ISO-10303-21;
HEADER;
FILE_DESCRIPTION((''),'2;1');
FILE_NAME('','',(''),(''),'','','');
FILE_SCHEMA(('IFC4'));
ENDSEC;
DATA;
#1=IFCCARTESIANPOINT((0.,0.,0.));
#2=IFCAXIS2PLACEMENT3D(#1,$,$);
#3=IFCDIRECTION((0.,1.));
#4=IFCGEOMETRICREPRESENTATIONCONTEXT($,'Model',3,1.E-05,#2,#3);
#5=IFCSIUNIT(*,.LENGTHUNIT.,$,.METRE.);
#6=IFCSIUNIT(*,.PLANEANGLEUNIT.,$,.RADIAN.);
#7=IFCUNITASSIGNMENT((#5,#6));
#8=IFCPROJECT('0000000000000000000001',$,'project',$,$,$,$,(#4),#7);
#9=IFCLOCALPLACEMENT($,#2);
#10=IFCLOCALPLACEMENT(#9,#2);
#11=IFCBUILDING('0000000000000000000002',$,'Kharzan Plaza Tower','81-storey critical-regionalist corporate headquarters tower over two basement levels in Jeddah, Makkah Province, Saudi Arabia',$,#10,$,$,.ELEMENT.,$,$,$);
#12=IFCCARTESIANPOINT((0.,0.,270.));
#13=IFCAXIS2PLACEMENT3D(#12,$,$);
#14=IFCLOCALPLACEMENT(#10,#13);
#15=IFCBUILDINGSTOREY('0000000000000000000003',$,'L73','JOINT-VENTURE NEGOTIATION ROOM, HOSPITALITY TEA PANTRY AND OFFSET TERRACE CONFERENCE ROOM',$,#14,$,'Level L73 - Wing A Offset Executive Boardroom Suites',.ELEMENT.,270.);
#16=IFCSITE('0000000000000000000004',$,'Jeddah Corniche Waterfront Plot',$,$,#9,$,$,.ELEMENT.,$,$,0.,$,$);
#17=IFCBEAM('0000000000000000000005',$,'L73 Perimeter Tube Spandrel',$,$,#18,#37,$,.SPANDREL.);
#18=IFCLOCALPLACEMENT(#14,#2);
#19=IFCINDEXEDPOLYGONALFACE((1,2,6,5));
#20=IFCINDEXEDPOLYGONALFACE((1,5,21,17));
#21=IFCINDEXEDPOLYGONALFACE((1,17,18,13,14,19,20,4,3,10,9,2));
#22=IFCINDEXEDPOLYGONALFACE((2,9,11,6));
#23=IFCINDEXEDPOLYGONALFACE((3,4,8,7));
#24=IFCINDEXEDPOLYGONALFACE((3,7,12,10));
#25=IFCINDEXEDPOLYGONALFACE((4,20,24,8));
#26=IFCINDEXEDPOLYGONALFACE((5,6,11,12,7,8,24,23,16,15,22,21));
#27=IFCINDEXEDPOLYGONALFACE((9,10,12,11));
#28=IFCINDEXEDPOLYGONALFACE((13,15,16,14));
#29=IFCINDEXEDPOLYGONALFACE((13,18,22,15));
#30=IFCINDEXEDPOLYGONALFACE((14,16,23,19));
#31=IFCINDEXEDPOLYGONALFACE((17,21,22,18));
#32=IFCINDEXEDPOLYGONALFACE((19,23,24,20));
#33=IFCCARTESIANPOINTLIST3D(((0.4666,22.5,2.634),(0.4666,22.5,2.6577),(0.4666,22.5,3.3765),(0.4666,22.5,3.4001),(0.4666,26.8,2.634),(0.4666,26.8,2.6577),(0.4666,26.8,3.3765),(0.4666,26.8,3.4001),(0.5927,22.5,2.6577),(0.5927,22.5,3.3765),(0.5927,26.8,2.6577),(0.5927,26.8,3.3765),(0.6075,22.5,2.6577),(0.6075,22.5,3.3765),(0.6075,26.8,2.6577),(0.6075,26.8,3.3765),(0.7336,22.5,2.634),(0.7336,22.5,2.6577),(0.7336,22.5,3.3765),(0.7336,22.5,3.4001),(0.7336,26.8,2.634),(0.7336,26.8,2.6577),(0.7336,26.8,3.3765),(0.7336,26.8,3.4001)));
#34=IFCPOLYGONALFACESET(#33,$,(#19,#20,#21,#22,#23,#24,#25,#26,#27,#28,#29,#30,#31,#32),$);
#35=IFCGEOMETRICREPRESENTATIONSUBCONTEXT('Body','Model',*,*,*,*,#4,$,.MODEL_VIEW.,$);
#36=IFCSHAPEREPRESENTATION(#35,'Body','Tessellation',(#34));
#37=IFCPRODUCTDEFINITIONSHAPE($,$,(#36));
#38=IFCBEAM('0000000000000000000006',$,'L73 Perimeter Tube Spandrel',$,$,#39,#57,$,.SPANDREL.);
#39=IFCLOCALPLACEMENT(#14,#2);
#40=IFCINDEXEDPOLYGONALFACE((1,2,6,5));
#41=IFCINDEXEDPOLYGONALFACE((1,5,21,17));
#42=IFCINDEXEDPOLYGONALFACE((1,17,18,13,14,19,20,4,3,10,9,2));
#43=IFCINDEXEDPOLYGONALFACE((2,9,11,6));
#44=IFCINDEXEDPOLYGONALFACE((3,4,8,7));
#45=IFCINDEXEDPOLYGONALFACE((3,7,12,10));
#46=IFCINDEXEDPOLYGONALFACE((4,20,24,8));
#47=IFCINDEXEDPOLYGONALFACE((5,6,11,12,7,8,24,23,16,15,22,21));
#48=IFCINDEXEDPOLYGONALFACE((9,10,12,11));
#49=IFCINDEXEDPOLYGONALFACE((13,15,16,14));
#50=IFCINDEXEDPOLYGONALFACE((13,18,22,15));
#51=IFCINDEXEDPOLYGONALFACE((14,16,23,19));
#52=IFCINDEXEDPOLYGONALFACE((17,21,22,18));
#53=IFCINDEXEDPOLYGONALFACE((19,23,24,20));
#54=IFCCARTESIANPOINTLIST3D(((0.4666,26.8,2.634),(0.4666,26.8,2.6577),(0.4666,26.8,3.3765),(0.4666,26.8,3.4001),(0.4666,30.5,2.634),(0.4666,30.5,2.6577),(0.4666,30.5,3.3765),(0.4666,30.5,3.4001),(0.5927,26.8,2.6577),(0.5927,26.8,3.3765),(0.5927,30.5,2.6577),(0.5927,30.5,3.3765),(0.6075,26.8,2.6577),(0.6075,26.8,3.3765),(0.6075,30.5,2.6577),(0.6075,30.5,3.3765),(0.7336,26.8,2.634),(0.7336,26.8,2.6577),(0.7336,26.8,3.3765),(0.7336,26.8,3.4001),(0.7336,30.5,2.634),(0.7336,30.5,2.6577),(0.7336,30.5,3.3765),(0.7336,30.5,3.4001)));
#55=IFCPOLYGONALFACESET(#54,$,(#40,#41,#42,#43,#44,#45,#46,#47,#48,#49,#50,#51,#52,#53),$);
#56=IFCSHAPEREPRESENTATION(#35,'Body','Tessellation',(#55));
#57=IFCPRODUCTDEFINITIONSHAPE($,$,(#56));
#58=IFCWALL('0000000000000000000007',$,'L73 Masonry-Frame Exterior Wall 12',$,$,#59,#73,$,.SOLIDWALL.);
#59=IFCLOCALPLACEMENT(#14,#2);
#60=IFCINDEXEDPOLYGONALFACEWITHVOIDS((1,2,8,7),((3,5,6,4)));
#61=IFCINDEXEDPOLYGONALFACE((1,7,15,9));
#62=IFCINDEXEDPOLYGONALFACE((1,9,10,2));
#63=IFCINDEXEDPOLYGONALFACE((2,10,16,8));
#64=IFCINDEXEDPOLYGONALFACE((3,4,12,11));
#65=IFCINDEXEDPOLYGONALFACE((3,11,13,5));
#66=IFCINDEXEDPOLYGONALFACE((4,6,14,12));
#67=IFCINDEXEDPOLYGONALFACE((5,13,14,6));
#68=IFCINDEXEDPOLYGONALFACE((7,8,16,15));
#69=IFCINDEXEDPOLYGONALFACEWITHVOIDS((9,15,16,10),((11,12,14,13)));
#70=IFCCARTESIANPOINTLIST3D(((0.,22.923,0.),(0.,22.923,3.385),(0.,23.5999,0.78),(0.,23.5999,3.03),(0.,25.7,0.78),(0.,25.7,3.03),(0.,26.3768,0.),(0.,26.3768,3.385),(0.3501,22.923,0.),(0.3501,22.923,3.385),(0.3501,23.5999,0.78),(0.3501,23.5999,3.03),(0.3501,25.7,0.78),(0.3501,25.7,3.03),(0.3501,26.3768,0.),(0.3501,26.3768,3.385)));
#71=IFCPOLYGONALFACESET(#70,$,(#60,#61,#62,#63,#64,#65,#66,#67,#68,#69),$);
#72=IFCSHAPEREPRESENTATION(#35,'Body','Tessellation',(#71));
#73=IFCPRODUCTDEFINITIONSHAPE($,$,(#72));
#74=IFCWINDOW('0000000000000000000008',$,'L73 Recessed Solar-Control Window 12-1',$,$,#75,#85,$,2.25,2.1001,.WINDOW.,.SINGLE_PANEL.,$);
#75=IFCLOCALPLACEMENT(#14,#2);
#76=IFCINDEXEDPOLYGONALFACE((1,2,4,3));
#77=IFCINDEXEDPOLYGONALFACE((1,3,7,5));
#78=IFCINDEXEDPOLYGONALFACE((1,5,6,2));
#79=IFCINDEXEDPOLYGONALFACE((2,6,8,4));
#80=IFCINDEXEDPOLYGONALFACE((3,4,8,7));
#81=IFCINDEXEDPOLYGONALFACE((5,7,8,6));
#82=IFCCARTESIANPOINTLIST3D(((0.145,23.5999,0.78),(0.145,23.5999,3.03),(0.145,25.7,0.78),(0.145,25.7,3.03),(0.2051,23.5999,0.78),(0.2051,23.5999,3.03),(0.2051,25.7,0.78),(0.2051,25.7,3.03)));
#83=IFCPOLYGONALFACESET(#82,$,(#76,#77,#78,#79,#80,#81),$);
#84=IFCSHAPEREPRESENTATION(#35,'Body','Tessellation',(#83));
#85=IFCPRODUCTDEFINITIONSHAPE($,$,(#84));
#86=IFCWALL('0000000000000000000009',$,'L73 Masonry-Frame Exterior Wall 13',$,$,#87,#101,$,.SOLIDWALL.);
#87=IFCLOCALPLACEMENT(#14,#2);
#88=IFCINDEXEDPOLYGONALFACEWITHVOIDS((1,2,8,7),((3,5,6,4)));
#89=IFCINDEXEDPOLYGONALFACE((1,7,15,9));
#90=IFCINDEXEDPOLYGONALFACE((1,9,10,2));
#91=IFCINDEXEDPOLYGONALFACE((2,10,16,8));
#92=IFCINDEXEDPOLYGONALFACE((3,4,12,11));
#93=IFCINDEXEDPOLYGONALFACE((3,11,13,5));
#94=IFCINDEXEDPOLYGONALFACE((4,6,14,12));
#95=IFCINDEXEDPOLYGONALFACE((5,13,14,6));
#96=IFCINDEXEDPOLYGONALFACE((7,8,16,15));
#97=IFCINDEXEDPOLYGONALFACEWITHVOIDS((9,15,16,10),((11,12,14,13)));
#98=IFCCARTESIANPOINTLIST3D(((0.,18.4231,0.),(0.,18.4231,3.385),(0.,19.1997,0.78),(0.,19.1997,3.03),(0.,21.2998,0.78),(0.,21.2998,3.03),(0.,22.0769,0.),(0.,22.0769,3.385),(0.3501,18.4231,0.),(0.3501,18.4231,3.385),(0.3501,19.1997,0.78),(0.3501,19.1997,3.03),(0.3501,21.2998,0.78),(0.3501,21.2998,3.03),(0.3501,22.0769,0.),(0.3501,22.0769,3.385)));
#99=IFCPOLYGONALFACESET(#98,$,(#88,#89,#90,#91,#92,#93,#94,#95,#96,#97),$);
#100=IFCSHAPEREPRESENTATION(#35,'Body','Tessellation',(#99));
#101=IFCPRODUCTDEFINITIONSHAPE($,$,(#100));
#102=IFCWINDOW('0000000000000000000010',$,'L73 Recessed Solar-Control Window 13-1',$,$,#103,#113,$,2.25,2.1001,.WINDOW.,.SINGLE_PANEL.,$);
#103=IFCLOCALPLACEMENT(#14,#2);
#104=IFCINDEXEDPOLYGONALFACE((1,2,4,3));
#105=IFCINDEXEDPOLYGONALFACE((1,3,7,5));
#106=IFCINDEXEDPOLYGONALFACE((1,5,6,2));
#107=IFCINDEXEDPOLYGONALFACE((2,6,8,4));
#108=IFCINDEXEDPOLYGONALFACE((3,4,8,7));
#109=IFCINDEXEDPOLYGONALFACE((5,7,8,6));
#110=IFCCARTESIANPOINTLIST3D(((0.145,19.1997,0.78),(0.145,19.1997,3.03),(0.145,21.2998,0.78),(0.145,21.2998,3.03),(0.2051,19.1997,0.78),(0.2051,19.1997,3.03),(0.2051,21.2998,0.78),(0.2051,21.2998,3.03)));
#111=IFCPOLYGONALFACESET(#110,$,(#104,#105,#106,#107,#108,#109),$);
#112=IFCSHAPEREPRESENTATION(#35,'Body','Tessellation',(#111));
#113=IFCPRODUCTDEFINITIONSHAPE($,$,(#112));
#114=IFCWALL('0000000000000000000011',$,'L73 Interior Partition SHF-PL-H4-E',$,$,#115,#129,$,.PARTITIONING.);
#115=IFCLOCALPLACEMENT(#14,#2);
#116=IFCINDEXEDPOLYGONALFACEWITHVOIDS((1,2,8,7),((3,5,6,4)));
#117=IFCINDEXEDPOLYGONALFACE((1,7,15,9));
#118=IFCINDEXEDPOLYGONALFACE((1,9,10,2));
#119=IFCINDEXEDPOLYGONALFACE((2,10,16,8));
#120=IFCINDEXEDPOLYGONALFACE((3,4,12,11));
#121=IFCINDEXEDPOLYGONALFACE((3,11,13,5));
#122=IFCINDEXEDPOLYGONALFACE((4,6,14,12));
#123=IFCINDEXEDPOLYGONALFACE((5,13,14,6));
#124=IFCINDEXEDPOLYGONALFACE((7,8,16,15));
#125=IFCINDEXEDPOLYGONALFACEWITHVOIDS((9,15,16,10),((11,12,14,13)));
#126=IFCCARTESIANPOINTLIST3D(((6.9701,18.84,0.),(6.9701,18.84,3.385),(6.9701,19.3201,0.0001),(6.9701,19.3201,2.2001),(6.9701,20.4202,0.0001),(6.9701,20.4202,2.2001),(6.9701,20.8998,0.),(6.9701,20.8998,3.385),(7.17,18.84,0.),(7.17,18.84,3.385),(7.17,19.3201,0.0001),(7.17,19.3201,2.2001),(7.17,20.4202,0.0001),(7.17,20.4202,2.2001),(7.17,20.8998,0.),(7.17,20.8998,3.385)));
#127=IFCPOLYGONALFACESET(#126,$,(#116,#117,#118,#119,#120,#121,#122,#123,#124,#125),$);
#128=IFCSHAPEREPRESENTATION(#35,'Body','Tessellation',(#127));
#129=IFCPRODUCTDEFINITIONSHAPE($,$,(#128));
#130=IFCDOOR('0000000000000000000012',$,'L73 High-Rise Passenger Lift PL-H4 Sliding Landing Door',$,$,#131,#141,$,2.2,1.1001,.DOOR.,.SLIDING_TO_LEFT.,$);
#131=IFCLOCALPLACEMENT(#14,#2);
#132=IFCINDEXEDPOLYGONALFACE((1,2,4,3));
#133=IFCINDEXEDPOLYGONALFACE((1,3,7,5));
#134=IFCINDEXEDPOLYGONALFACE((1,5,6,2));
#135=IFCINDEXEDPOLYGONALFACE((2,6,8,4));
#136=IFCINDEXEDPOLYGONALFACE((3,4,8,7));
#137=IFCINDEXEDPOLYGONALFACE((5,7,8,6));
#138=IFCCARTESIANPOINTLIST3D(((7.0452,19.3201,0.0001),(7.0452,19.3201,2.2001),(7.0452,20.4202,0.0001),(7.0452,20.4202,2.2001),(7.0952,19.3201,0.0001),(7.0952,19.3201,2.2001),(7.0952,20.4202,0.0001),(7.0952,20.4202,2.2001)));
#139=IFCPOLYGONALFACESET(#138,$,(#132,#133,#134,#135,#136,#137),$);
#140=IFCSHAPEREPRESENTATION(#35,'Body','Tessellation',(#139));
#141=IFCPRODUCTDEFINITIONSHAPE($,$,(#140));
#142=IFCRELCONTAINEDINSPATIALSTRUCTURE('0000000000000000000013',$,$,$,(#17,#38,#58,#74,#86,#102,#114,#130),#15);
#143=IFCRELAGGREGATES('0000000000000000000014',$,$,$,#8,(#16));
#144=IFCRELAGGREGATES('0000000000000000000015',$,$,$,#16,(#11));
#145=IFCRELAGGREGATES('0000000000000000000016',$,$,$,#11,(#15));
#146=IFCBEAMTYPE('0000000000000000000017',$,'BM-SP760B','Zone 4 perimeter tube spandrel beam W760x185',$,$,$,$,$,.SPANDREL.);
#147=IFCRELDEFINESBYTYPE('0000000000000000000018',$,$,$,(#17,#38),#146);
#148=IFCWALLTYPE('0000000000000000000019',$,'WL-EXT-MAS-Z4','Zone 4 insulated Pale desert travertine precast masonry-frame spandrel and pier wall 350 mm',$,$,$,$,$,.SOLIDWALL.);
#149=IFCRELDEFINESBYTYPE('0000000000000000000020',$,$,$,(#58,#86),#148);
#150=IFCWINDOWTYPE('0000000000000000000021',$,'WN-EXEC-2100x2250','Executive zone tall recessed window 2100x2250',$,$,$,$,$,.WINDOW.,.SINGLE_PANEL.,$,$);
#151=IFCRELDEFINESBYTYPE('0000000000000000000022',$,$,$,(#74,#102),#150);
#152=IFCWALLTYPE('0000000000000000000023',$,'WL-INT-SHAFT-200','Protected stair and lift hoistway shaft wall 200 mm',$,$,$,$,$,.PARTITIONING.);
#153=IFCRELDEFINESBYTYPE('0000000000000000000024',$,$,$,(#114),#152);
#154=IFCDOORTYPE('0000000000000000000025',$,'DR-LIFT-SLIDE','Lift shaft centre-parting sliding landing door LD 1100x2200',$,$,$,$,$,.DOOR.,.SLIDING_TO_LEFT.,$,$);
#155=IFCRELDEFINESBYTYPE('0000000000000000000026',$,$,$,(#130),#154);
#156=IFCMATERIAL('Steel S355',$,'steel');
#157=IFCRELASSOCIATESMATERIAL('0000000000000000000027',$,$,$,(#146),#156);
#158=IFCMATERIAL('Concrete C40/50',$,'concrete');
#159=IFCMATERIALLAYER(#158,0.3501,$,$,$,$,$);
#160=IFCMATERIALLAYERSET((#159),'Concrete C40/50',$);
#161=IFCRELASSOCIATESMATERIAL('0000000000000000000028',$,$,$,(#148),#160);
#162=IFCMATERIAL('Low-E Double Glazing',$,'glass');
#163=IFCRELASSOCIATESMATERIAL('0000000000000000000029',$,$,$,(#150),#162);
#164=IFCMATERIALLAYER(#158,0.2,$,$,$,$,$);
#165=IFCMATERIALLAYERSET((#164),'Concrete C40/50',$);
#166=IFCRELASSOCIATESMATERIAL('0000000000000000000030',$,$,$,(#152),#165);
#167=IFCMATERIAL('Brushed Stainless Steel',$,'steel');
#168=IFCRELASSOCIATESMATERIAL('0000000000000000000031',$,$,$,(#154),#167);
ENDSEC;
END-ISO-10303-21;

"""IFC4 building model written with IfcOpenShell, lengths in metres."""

from ifc_helpers import new_model, si_unit, direction, frame, frame_2d, origin, origin_2d, place, context, subcontext, project, spatial, rectangle, i_section, extrude, source, transform, mapped, material, layer, layer_set, material_profile, profile_set, type_object, element, fill, save


model = new_model("IFC4")

# Units and contexts
model_context = context("Model", 3, precision=1e-05, world=origin(), true_north=direction((0.0, 1.0)))
body_context = subcontext(model_context, "Body", "Model", "MODEL_VIEW")
ifc_project = project(units=[si_unit("LENGTHUNIT", "METRE"), si_unit("PLANEANGLEUNIT", "RADIAN")], contexts=[model_context])

# Site, building, storey
site_placement = place(None, origin())
site = spatial("IfcSite", under=ifc_project, at=site_placement, Name="Jeddah Corniche Waterfront Plot", CompositionType="ELEMENT", RefElevation=0.0)
building_placement = place(site_placement, origin())
building = spatial("IfcBuilding", under=site, at=building_placement, Name="Kharzan Plaza Tower", Description="81-storey critical-regionalist corporate headquarters tower over two basement levels in Jeddah, Makkah Province, Saudi Arabia", CompositionType="ELEMENT")
storey_placement = place(building_placement, frame((0.0, 0.0, 270.0)))
storey = spatial("IfcBuildingStorey", under=building, at=storey_placement, Name="L73", Description="JOINT-VENTURE NEGOTIATION ROOM, HOSPITALITY TEA PANTRY AND OFFSET TERRACE CONFERENCE ROOM", LongName="Level L73 - Wing A Offset Executive Boardroom Suites", CompositionType="ELEMENT", Elevation=270.0)

# Beams
ifc_material_1 = material(Name="Steel S355", Category="steel")
ifc_material_profile_1 = material_profile(ifc_material_1, i_section(OverallWidth=0.2671, OverallDepth=0.7661, WebThickness=0.0149, FlangeThickness=0.0237, at=origin_2d()), Name="W760x185")
ifc_profile_set_1 = profile_set([ifc_material_profile_1], Name="Steel S355")
beam_type_1 = type_object("IfcBeamType", Name="BM-SP760B", Description="Zone 4 perimeter tube spandrel beam W760x185", PredefinedType="SPANDREL", material=ifc_profile_set_1)
shared_shape_1 = source(origin(), body_context, "Body", "SweptSolid", [
    extrude(i_section(OverallWidth=0.2671, OverallDepth=0.7661, WebThickness=0.0149, FlangeThickness=0.0237, at=origin_2d()), origin(), (0.0, 0.0, 1.0), 4.3),
])
beam_1_placement = place(storey_placement, frame((0.6001, 22.5, 3.0171), z_axis=(0.0, 1.0, 0.0), x_axis=(-1.0, 0.0, 0.0)))
element("IfcBeam", 1, at=beam_1_placement, inside=storey, type_object=beam_type_1, Name="L73 Perimeter Tube Spandrel", PredefinedType="SPANDREL", context=body_context, shape_type="MappedRepresentation", body=[
    mapped(shared_shape_1, transform((0.0, 0.0, 0.0), x_axis=(1.0, 0.0, 0.0), y_axis=(0.0, 1.0, 0.0), z_axis=(0.0, 0.0, 1.0))),
])
shared_shape_2 = source(origin(), body_context, "Body", "SweptSolid", [
    extrude(i_section(OverallWidth=0.2671, OverallDepth=0.7661, WebThickness=0.0149, FlangeThickness=0.0237, at=origin_2d()), origin(), (0.0, 0.0, 1.0), 3.7),
])
beam_2_placement = place(storey_placement, frame((0.6001, 26.8, 3.0171), z_axis=(0.0, 1.0, 0.0), x_axis=(-1.0, 0.0, 0.0)))
element("IfcBeam", 2, at=beam_2_placement, inside=storey, type_object=beam_type_1, Name="L73 Perimeter Tube Spandrel", PredefinedType="SPANDREL", context=body_context, shape_type="MappedRepresentation", body=[
    mapped(shared_shape_2, transform((0.0, 0.0, 0.0), x_axis=(1.0, 0.0, 0.0), y_axis=(0.0, 1.0, 0.0), z_axis=(0.0, 0.0, 1.0))),
])

# Walls, openings, windows
ifc_material_2 = material(Name="Concrete C40/50", Category="concrete")
ifc_layer_1 = layer(ifc_material_2, 0.3501)
ifc_layer_set_1 = layer_set([ifc_layer_1], Name="Concrete C40/50")
wall_type_1 = type_object("IfcWallType", Name="WL-EXT-MAS-Z4", Description="Zone 4 insulated Pale desert travertine precast masonry-frame spandrel and pier wall 350 mm", PredefinedType="SOLIDWALL", material=ifc_layer_set_1)
wall_1_placement = place(storey_placement, frame((0.175, 26.377, 0.0), z_axis=(0.0, 0.0, 1.0), x_axis=(0.0, -1.0, 0.0)))
wall_1 = element("IfcWall", 3, at=wall_1_placement, inside=storey, type_object=wall_type_1, Name="L73 Masonry-Frame Exterior Wall 12", PredefinedType="SOLIDWALL", context=body_context, shape_type="SweptSolid", body=[
    extrude(rectangle(XDim=3.4539, YDim=0.3501, at=frame_2d((1.7271, 0.0))), origin(), (0.0, 0.0, 1.0), 3.385),
])
opening_1_placement = place(wall_1_placement, frame((0.677, 0.0, 0.78)))
opening_1 = element("IfcOpeningElement", 4, at=opening_1_placement, cuts=wall_1, PredefinedType="OPENING", context=body_context, shape_type="SweptSolid", body=[
    extrude(rectangle(XDim=2.1001, YDim=2.25, at=frame_2d((1.05, 1.125))), frame((0.0, 0.1851, 0.0), z_axis=(0.0, -1.0, 0.0), x_axis=(1.0, 0.0, 0.0)), (0.0, 0.0, 1.0), 0.3701),
])
ifc_material_3 = material(Name="Low-E Double Glazing", Category="glass")
window_type = type_object("IfcWindowType", Name="WN-EXEC-2100x2250", Description="Executive zone tall recessed window 2100x2250", PartitioningType="SINGLE_PANEL", PredefinedType="WINDOW", material=ifc_material_3)
shared_shape_3 = source(origin(), body_context, "Body", "SweptSolid", [
    extrude(rectangle(XDim=2.1001, YDim=2.25, at=frame_2d((1.05, 1.125))), frame((0.0, 0.03, 0.0), z_axis=(0.0, -1.0, 0.0), x_axis=(1.0, 0.0, 0.0)), (0.0, 0.0, 1.0), 0.0601),
])
window_1_placement = place(opening_1_placement, origin())
window_1 = element("IfcWindow", 5, at=window_1_placement, inside=storey, type_object=window_type, Name="L73 Recessed Solar-Control Window 12-1", OverallHeight=2.25, OverallWidth=2.1001, PartitioningType="SINGLE_PANEL", PredefinedType="WINDOW", context=body_context, shape_type="MappedRepresentation", body=[
    mapped(shared_shape_3, transform((0.0, 0.0, 0.0), x_axis=(1.0, 0.0, 0.0), y_axis=(0.0, 1.0, 0.0), z_axis=(0.0, 0.0, 1.0))),
])
fill(opening_1, window_1)
wall_2_placement = place(storey_placement, frame((0.175, 22.0769, 0.0), z_axis=(0.0, 0.0, 1.0), x_axis=(0.0, -1.0, 0.0)))
wall_2 = element("IfcWall", 6, at=wall_2_placement, inside=storey, type_object=wall_type_1, Name="L73 Masonry-Frame Exterior Wall 13", PredefinedType="SOLIDWALL", context=body_context, shape_type="SweptSolid", body=[
    extrude(rectangle(XDim=3.6538, YDim=0.3501, at=frame_2d((1.8269, 0.0))), origin(), (0.0, 0.0, 1.0), 3.385),
])
opening_2_placement = place(wall_2_placement, frame((0.7771, 0.0, 0.78)))
opening_2 = element("IfcOpeningElement", 7, at=opening_2_placement, cuts=wall_2, PredefinedType="OPENING", context=body_context, shape_type="SweptSolid", body=[
    extrude(rectangle(XDim=2.1001, YDim=2.25, at=frame_2d((1.05, 1.125))), frame((0.0, 0.1851, 0.0), z_axis=(0.0, -1.0, 0.0), x_axis=(1.0, 0.0, 0.0)), (0.0, 0.0, 1.0), 0.3701),
])
window_2_placement = place(opening_2_placement, origin())
window_2 = element("IfcWindow", 8, at=window_2_placement, inside=storey, type_object=window_type, Name="L73 Recessed Solar-Control Window 13-1", OverallHeight=2.25, OverallWidth=2.1001, PartitioningType="SINGLE_PANEL", PredefinedType="WINDOW", context=body_context, shape_type="MappedRepresentation", body=[
    mapped(shared_shape_3, transform((0.0, 0.0, 0.0), x_axis=(1.0, 0.0, 0.0), y_axis=(0.0, 1.0, 0.0), z_axis=(0.0, 0.0, 1.0))),
])
fill(opening_2, window_2)

# Wall, opening, door
ifc_layer_2 = layer(ifc_material_2, 0.2)
ifc_layer_set_2 = layer_set([ifc_layer_2], Name="Concrete C40/50")
wall_type_2 = type_object("IfcWallType", Name="WL-INT-SHAFT-200", Description="Protected stair and lift hoistway shaft wall 200 mm", PredefinedType="PARTITIONING", material=ifc_layer_set_2)
wall_3_placement = place(storey_placement, frame((7.0701, 18.8401, 0.0), z_axis=(0.0, 0.0, 1.0), x_axis=(0.0, 1.0, 0.0)))
wall_3 = element("IfcWall", 9, at=wall_3_placement, inside=storey, type_object=wall_type_2, Name="L73 Interior Partition SHF-PL-H4-E", PredefinedType="PARTITIONING", context=body_context, shape_type="SweptSolid", body=[
    extrude(rectangle(XDim=2.0598, YDim=0.2, at=frame_2d((1.0298, 0.0))), origin(), (0.0, 0.0, 1.0), 3.385),
])
opening_3_placement = place(wall_3_placement, frame((0.48, 0.0, 0.0)))
opening_3 = element("IfcOpeningElement", 10, at=opening_3_placement, cuts=wall_3, PredefinedType="OPENING", context=body_context, shape_type="SweptSolid", body=[
    extrude(rectangle(XDim=1.1001, YDim=2.2, at=frame_2d((0.55, 1.1001))), frame((0.0, 0.1099, 0.0), z_axis=(0.0, -1.0, 0.0), x_axis=(1.0, 0.0, 0.0)), (0.0, 0.0, 1.0), 0.22),
])
ifc_material_4 = material(Name="Brushed Stainless Steel", Category="steel")
door_type_1 = type_object("IfcDoorType", Name="DR-LIFT-SLIDE", Description="Lift shaft centre-parting sliding landing door LD 1100x2200", OperationType="SLIDING_TO_LEFT", PredefinedType="DOOR", material=ifc_material_4)
shared_shape_4 = source(origin(), body_context, "Body", "SweptSolid", [
    extrude(rectangle(XDim=1.1001, YDim=2.2, at=frame_2d((0.55, 1.1001))), frame((0.0, 0.0249, 0.0), z_axis=(0.0, -1.0, 0.0), x_axis=(1.0, 0.0, 0.0)), (0.0, 0.0, 1.0), 0.05),
])
door_1_placement = place(opening_3_placement, origin())
door_1 = element("IfcDoor", 11, at=door_1_placement, inside=storey, type_object=door_type_1, Name="L73 High-Rise Passenger Lift PL-H4 Sliding Landing Door", OperationType="SLIDING_TO_LEFT", OverallHeight=2.2, OverallWidth=1.1001, PredefinedType="DOOR", context=body_context, shape_type="MappedRepresentation", body=[
    mapped(shared_shape_4, transform((0.0, 0.0, 0.0), x_axis=(1.0, 0.0, 0.0), y_axis=(0.0, 1.0, 0.0), z_axis=(0.0, 0.0, 1.0))),
])
fill(opening_3, door_1)

save(model, "model.ifc")
